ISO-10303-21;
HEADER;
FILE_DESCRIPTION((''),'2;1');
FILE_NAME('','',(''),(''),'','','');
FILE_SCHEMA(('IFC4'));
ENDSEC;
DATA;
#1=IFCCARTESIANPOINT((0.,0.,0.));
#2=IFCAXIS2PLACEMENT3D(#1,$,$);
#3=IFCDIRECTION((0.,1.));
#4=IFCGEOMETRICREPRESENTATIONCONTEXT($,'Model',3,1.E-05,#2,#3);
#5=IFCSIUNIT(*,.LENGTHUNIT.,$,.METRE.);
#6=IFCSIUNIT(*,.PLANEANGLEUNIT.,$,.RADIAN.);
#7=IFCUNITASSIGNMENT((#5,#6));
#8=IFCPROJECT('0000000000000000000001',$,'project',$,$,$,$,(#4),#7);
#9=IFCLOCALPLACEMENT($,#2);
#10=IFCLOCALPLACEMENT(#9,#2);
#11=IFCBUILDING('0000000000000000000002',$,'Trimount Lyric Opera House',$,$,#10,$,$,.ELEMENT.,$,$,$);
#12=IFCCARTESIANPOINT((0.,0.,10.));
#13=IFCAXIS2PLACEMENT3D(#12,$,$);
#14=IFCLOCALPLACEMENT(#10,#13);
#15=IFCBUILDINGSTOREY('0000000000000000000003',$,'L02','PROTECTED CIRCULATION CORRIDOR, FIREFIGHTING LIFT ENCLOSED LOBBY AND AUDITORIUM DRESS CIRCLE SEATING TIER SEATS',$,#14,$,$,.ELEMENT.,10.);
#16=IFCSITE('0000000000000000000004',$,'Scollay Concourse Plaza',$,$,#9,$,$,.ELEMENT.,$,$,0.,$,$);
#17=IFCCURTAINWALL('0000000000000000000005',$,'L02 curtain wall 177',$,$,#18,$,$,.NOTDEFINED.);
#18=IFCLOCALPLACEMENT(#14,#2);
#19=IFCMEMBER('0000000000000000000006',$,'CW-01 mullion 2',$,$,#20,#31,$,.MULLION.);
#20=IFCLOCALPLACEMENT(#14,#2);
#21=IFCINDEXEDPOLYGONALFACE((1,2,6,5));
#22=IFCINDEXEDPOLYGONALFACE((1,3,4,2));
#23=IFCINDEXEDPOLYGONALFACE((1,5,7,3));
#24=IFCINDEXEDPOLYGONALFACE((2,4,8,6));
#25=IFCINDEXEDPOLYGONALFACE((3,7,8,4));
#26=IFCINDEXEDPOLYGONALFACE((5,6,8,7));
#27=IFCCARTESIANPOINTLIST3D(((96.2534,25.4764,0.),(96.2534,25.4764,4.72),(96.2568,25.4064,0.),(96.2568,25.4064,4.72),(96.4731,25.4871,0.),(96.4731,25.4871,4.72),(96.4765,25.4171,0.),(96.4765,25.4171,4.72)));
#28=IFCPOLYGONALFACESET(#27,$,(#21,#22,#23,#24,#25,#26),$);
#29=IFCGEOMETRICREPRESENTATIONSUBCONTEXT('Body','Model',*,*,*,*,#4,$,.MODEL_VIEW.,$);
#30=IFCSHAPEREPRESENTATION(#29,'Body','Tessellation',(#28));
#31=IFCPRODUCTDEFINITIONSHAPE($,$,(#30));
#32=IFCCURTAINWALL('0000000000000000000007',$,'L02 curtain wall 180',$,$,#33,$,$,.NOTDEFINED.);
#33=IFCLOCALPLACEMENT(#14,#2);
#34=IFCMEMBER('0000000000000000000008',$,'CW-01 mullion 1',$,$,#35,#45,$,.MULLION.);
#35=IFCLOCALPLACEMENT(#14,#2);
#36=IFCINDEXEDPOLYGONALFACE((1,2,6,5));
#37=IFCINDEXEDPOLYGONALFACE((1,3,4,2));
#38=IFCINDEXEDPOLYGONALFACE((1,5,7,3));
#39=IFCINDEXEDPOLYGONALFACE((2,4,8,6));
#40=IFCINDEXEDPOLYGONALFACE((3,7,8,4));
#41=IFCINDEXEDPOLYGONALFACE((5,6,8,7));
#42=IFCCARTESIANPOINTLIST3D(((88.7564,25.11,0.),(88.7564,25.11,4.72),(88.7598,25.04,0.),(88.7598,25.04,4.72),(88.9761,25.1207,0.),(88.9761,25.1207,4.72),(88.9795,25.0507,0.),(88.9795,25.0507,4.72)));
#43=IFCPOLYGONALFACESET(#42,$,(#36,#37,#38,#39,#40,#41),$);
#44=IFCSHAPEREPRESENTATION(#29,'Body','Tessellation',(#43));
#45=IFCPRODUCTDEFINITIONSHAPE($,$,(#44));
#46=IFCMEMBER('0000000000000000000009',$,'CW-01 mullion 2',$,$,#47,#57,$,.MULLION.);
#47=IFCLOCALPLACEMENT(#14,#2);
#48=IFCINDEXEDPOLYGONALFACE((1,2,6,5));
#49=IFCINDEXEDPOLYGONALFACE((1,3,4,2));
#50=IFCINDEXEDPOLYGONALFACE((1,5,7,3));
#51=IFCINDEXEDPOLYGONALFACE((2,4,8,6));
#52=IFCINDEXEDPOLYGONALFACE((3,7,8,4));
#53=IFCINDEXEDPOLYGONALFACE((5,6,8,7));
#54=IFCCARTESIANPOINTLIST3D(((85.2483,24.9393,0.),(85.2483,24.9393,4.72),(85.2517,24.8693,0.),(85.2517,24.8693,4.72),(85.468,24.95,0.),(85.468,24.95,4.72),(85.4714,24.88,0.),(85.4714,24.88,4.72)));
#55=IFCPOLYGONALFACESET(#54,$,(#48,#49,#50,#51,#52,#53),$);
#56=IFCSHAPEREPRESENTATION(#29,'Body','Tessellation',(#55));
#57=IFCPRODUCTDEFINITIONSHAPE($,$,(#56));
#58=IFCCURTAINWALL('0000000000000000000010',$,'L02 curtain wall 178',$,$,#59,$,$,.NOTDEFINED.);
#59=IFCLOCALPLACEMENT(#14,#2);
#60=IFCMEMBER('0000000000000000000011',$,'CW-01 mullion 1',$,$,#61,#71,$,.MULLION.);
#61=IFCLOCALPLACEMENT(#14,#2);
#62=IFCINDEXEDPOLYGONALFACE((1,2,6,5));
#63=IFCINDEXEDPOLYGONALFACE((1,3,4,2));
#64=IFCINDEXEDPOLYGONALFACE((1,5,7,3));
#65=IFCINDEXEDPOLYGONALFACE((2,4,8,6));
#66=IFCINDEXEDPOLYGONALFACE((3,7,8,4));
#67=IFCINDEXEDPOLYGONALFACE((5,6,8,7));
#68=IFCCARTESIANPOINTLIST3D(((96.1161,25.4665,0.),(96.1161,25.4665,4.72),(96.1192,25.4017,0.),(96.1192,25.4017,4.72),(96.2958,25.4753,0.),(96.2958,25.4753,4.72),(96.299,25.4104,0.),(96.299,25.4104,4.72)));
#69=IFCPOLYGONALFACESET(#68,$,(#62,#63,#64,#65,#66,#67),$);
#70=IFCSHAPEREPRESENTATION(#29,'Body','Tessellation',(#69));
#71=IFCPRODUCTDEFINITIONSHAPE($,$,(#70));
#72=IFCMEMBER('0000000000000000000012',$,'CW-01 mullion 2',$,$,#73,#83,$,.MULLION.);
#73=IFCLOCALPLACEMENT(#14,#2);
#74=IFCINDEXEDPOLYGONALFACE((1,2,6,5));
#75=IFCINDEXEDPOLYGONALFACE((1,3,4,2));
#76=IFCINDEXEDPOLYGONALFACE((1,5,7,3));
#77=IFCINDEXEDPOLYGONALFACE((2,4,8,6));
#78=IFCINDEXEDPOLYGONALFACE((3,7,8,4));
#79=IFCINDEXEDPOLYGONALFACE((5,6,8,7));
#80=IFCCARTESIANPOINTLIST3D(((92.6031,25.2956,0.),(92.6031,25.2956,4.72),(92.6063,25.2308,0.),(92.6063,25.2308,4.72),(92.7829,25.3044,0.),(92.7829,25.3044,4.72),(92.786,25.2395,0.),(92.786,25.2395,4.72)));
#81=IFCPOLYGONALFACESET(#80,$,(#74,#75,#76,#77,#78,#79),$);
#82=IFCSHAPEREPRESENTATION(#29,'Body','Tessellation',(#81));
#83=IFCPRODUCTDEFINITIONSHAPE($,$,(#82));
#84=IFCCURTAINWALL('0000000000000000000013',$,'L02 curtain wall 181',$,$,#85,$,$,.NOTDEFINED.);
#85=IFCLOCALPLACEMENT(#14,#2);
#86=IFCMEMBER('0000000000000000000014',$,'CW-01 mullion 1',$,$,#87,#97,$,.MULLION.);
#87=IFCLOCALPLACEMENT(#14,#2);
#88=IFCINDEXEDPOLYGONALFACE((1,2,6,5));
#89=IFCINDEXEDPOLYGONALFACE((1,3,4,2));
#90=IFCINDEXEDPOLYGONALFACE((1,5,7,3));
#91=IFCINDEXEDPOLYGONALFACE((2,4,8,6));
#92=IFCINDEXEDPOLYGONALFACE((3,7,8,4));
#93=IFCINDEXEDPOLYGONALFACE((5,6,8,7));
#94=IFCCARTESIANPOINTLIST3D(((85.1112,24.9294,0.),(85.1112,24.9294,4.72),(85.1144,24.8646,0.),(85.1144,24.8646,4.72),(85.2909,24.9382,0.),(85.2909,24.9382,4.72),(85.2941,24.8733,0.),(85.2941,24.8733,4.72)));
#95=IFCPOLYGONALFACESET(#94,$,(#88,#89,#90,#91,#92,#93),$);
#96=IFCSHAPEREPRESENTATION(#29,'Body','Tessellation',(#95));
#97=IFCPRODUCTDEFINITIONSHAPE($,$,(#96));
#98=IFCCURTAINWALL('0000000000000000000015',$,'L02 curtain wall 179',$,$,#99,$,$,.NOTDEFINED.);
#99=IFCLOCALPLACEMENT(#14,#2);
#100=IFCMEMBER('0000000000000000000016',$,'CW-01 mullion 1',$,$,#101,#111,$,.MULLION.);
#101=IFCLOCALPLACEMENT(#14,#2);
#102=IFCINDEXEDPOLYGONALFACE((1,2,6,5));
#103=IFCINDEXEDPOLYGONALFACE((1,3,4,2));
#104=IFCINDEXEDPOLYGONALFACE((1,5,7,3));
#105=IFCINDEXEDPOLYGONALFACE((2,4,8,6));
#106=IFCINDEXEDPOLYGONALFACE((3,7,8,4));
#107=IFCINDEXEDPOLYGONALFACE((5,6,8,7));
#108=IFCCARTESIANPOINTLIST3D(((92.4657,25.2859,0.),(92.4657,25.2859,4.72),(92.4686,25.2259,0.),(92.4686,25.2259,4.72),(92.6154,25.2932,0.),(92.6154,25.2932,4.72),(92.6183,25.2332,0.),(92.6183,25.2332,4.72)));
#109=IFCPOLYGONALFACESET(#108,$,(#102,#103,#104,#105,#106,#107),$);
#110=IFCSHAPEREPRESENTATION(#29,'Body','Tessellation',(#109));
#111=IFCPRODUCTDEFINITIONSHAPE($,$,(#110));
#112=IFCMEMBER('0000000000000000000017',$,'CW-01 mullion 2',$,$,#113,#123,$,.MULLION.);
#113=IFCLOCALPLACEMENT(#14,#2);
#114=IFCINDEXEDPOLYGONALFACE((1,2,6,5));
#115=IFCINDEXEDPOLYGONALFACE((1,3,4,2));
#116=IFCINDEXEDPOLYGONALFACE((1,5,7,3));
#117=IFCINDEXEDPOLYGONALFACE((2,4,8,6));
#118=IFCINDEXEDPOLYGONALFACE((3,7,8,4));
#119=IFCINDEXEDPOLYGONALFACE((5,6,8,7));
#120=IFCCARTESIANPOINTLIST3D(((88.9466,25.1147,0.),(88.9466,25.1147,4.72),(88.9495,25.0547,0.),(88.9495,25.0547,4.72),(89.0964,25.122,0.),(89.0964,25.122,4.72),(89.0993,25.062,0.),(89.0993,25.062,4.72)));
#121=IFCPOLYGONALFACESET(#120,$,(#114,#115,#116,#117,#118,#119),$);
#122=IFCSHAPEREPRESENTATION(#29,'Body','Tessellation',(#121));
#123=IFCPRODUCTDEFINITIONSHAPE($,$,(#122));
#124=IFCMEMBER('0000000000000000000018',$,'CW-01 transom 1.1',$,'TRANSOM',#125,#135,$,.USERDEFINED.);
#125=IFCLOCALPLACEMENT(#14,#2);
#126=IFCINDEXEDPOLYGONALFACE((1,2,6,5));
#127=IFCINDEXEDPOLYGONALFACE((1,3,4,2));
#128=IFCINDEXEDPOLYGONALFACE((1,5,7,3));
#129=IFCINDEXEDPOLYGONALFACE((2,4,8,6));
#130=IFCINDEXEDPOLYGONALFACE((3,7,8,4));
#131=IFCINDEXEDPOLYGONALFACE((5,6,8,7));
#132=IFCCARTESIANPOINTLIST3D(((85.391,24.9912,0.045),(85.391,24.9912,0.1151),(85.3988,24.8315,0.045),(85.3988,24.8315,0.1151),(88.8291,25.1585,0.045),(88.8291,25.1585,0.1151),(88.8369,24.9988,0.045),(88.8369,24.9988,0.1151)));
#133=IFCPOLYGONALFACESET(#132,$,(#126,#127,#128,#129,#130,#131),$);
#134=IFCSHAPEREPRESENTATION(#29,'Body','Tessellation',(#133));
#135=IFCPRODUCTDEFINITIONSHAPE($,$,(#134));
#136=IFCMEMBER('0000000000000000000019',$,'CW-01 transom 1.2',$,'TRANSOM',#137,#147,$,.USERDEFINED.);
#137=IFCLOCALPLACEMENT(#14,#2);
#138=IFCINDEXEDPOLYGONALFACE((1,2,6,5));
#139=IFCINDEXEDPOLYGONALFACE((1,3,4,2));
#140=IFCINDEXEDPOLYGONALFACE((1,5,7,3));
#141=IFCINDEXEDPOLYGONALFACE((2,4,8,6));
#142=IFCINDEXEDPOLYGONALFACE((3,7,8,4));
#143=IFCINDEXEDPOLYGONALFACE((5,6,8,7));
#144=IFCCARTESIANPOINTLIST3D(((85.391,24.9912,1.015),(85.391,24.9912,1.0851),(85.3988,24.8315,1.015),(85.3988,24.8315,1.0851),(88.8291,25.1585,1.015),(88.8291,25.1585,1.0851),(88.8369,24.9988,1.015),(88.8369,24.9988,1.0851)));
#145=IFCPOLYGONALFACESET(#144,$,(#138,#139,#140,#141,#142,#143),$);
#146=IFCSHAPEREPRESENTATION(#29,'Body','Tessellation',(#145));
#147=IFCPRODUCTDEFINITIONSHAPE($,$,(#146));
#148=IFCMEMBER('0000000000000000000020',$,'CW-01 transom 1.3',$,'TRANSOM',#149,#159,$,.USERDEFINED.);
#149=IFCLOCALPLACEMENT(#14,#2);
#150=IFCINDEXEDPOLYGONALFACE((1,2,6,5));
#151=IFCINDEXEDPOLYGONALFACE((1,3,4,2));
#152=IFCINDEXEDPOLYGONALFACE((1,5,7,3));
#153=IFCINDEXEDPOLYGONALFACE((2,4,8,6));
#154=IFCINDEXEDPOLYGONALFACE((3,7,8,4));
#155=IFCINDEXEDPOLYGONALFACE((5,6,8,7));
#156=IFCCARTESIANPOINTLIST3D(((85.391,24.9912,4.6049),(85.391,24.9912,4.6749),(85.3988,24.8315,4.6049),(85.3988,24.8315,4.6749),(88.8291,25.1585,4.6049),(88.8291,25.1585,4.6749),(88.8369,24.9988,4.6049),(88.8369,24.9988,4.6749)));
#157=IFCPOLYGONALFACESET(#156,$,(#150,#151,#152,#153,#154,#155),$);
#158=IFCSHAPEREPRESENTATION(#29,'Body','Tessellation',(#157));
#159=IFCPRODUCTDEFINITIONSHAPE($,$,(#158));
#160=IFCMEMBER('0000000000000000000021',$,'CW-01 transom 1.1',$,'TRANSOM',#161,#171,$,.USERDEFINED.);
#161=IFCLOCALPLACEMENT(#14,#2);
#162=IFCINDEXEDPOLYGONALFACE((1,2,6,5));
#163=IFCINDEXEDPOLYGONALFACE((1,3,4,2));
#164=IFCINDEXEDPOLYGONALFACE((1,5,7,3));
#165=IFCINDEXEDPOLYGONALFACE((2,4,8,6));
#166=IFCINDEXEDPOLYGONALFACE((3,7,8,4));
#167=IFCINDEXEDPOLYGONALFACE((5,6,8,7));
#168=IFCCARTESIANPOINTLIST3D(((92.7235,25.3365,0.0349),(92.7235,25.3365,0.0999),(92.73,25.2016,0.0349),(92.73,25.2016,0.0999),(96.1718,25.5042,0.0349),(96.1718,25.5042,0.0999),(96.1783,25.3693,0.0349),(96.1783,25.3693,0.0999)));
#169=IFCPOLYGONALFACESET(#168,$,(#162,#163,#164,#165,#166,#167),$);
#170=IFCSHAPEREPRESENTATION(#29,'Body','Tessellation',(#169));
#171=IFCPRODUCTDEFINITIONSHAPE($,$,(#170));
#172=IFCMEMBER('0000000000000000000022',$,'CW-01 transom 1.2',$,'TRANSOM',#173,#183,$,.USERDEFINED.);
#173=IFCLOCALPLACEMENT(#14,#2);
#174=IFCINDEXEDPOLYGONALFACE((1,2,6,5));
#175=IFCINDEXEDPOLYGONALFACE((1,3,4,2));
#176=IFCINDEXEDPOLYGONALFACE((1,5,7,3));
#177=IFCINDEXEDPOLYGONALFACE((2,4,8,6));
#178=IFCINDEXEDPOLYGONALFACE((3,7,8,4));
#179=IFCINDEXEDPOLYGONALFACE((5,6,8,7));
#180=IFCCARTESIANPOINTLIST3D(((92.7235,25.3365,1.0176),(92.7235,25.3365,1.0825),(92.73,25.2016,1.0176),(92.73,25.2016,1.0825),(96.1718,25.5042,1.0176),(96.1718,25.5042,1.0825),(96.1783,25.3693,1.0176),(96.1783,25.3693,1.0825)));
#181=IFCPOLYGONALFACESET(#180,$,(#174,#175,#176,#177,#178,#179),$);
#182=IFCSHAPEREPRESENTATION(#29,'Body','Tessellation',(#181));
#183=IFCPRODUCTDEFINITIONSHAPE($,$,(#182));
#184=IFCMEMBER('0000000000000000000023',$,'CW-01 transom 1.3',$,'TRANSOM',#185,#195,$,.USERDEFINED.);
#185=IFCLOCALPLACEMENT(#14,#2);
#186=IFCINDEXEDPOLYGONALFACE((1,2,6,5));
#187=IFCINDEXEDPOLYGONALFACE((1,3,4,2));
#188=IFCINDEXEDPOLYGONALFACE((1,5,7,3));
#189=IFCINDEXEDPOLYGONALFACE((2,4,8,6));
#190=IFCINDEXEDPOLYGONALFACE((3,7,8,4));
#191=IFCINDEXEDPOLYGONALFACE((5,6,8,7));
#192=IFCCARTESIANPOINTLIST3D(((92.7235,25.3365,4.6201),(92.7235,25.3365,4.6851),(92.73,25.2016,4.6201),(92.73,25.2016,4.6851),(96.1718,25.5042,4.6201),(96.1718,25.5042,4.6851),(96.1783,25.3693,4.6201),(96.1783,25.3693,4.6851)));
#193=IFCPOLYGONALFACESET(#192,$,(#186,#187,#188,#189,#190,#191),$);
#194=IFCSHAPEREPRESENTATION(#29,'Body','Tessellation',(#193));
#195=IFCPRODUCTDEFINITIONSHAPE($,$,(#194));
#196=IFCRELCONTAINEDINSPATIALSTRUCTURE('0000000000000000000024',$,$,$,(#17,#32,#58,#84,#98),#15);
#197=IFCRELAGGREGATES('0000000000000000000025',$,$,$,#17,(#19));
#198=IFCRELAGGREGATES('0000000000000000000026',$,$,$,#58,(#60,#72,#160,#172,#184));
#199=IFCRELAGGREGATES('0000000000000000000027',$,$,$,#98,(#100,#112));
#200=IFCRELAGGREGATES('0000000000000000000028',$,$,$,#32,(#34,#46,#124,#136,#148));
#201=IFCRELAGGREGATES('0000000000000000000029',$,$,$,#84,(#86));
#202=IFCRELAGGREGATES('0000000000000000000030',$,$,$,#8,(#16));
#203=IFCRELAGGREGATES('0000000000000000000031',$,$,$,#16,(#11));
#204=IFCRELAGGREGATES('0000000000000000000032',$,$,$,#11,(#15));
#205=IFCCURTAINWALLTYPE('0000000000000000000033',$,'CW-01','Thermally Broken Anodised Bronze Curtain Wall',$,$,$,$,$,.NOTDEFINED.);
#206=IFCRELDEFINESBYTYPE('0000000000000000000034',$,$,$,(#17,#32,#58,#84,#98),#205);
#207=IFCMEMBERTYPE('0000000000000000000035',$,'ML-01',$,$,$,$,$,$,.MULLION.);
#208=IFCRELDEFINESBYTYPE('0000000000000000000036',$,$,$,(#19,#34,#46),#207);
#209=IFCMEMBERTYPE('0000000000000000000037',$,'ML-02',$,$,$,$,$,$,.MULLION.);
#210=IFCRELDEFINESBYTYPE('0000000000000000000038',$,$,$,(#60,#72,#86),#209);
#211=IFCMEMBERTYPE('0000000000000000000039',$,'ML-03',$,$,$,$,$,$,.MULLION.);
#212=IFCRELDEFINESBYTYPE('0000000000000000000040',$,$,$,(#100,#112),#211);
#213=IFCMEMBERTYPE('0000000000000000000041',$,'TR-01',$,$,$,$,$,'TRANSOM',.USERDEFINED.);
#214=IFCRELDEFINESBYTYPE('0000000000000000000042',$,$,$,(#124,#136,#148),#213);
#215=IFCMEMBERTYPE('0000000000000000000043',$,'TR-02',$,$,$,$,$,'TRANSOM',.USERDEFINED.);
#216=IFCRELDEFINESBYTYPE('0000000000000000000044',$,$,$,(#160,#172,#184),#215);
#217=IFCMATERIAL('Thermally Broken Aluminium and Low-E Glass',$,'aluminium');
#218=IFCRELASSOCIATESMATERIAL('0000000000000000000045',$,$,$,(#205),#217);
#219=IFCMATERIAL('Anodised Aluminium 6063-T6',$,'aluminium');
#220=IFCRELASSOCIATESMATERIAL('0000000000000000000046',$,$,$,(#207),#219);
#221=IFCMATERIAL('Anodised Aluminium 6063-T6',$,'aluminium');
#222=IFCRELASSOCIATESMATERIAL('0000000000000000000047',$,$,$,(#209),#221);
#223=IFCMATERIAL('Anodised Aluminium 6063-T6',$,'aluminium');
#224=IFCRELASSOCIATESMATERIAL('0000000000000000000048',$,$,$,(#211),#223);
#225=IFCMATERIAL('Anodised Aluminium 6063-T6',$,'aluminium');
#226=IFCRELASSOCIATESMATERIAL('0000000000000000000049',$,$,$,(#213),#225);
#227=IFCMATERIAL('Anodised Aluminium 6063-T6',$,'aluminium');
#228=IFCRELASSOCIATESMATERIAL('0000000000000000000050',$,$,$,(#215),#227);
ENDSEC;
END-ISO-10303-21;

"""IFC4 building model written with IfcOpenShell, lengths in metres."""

from ifc_helpers import new_model, si_unit, direction, frame, origin, origin_2d, place, context, subcontext, project, spatial, rectangle, extrude, material, material_profile, profile_set, type_object, element, aggregate, save


model = new_model("IFC4")

# Units and contexts
model_context = context("Model", 3, precision=1e-05, world=origin(), true_north=direction((0.0, 1.0)))
body_context = subcontext(model_context, "Body", "Model", "MODEL_VIEW")
ifc_project = project(units=[si_unit("LENGTHUNIT", "METRE"), si_unit("PLANEANGLEUNIT", "RADIAN")], contexts=[model_context])

# Site, building, storey
site_placement = place(None, origin())
site = spatial("IfcSite", under=ifc_project, at=site_placement, Name="Scollay Concourse Plaza", CompositionType="ELEMENT", RefElevation=0.0)
building_placement = place(site_placement, origin())
building = spatial("IfcBuilding", under=site, at=building_placement, Name="Trimount Lyric Opera House", CompositionType="ELEMENT")
storey_placement = place(building_placement, frame((0.0, 0.0, 10.0)))
storey = spatial("IfcBuildingStorey", under=building, at=storey_placement, Name="L02", Description="PROTECTED CIRCULATION CORRIDOR, FIREFIGHTING LIFT ENCLOSED LOBBY AND AUDITORIUM DRESS CIRCLE SEATING TIER SEATS", CompositionType="ELEMENT", Elevation=10.0)

# Curtain wall, member
ifc_material_1 = material(Name="Thermally Broken Aluminium and Low-E Glass", Category="aluminium")
curtain_wall_type = type_object("IfcCurtainWallType", Name="CW-01", Description="Thermally Broken Anodised Bronze Curtain Wall", PredefinedType="NOTDEFINED", material=ifc_material_1)
curtain_wall_1_placement = place(storey_placement, origin())
curtain_wall_1 = element("IfcCurtainWall", 1, at=curtain_wall_1_placement, inside=storey, type_object=curtain_wall_type, Name="L02 curtain wall 177", PredefinedType="NOTDEFINED")
ifc_material_2 = material(Name="Anodised Aluminium 6063-T6", Category="aluminium")
ifc_material_profile_1 = material_profile(ifc_material_2, rectangle(XDim=0.0701, YDim=0.22, at=origin_2d()), Name="ALU-MULL-70X220")
ifc_profile_set_1 = profile_set([ifc_material_profile_1], Name="Anodised Aluminium 6063-T6")
member_type_1 = type_object("IfcMemberType", Name="ML-01", PredefinedType="MULLION", material=ifc_profile_set_1)
member_1_placement = place(storey_placement, frame((96.365, 25.4468, 0.0), z_axis=(0.0, 0.0, 1.0), x_axis=(0.04856, -0.99882, 0.0)))
member_1 = element("IfcMember", 2, at=member_1_placement, type_object=member_type_1, Name="CW-01 mullion 2", PredefinedType="MULLION", context=body_context, shape_type="SweptSolid", body=[
    extrude(rectangle(XDim=0.0701, YDim=0.22, at=origin_2d()), origin(), (0.0, 0.0, 1.0), 4.72),
])
aggregate(curtain_wall_1, [member_1])

# Curtain walls, members
curtain_wall_2_placement = place(storey_placement, origin())
curtain_wall_2 = element("IfcCurtainWall", 3, at=curtain_wall_2_placement, inside=storey, type_object=curtain_wall_type, Name="L02 curtain wall 180", PredefinedType="NOTDEFINED")
member_2_placement = place(storey_placement, frame((88.8679, 25.0803, 0.0), z_axis=(0.0, 0.0, 1.0), x_axis=(0.048573, -0.99882, 0.0)))
member_2 = element("IfcMember", 4, at=member_2_placement, type_object=member_type_1, Name="CW-01 mullion 1", PredefinedType="MULLION", context=body_context, shape_type="SweptSolid", body=[
    extrude(rectangle(XDim=0.0701, YDim=0.22, at=origin_2d()), origin(), (0.0, 0.0, 1.0), 4.72),
])
member_3_placement = place(storey_placement, frame((85.3599, 24.9097, 0.0), z_axis=(0.0, 0.0, 1.0), x_axis=(0.048573, -0.99882, 0.0)))
member_3 = element("IfcMember", 5, at=member_3_placement, type_object=member_type_1, Name="CW-01 mullion 2", PredefinedType="MULLION", context=body_context, shape_type="SweptSolid", body=[
    extrude(rectangle(XDim=0.0701, YDim=0.22, at=origin_2d()), origin(), (0.0, 0.0, 1.0), 4.72),
])
curtain_wall_3_placement = place(storey_placement, origin())
curtain_wall_3 = element("IfcCurtainWall", 6, at=curtain_wall_3_placement, inside=storey, type_object=curtain_wall_type, Name="L02 curtain wall 178", PredefinedType="NOTDEFINED")
ifc_material_3 = material(Name="Anodised Aluminium 6063-T6", Category="aluminium")
ifc_material_profile_2 = material_profile(ifc_material_3, rectangle(XDim=0.0649, YDim=0.1799, at=origin_2d()), Name="ALU-MULL-65X180")
ifc_profile_set_2 = profile_set([ifc_material_profile_2], Name="Anodised Aluminium 6063-T6")
member_type_2 = type_object("IfcMemberType", Name="ML-02", PredefinedType="MULLION", material=ifc_profile_set_2)
member_4_placement = place(storey_placement, frame((96.2075, 25.4385, 0.0), z_axis=(0.0, 0.0, 1.0), x_axis=(0.048573, -0.99882, 0.0)))
member_4 = element("IfcMember", 7, at=member_4_placement, type_object=member_type_2, Name="CW-01 mullion 1", PredefinedType="MULLION", context=body_context, shape_type="SweptSolid", body=[
    extrude(rectangle(XDim=0.0649, YDim=0.1799, at=origin_2d()), origin(), (0.0, 0.0, 1.0), 4.72),
])
member_5_placement = place(storey_placement, frame((92.6946, 25.2676, 0.0), z_axis=(0.0, 0.0, 1.0), x_axis=(0.048573, -0.99882, 0.0)))
member_5 = element("IfcMember", 8, at=member_5_placement, type_object=member_type_2, Name="CW-01 mullion 2", PredefinedType="MULLION", context=body_context, shape_type="SweptSolid", body=[
    extrude(rectangle(XDim=0.0649, YDim=0.1799, at=origin_2d()), origin(), (0.0, 0.0, 1.0), 4.72),
])

# Curtain wall, member
curtain_wall_4_placement = place(storey_placement, origin())
curtain_wall_4 = element("IfcCurtainWall", 9, at=curtain_wall_4_placement, inside=storey, type_object=curtain_wall_type, Name="L02 curtain wall 181", PredefinedType="NOTDEFINED")
member_6_placement = place(storey_placement, frame((85.2026, 24.9014, 0.0), z_axis=(0.0, 0.0, 1.0), x_axis=(0.04856, -0.99882, 0.0)))
member_6 = element("IfcMember", 10, at=member_6_placement, type_object=member_type_2, Name="CW-01 mullion 1", PredefinedType="MULLION", context=body_context, shape_type="SweptSolid", body=[
    extrude(rectangle(XDim=0.0649, YDim=0.1799, at=origin_2d()), origin(), (0.0, 0.0, 1.0), 4.72),
])

# Curtain wall, members
curtain_wall_5_placement = place(storey_placement, origin())
curtain_wall_5 = element("IfcCurtainWall", 11, at=curtain_wall_5_placement, inside=storey, type_object=curtain_wall_type, Name="L02 curtain wall 179", PredefinedType="NOTDEFINED")
ifc_material_4 = material(Name="Anodised Aluminium 6063-T6", Category="aluminium")
ifc_material_profile_3 = material_profile(ifc_material_4, rectangle(XDim=0.0601, YDim=0.1499, at=origin_2d()), Name="ALU-MULL-60X150")
ifc_profile_set_3 = profile_set([ifc_material_profile_3], Name="Anodised Aluminium 6063-T6")
member_type_3 = type_object("IfcMemberType", Name="ML-03", PredefinedType="MULLION", material=ifc_profile_set_3)
member_7_placement = place(storey_placement, frame((92.542, 25.2595, 0.0), z_axis=(0.0, 0.0, 1.0), x_axis=(0.04856, -0.99882, 0.0)))
member_7 = element("IfcMember", 12, at=member_7_placement, type_object=member_type_3, Name="CW-01 mullion 1", PredefinedType="MULLION", context=body_context, shape_type="SweptSolid", body=[
    extrude(rectangle(XDim=0.0601, YDim=0.1499, at=origin_2d()), origin(), (0.0, 0.0, 1.0), 4.72),
])
member_8_placement = place(storey_placement, frame((89.0229, 25.0884, 0.0), z_axis=(0.0, 0.0, 1.0), x_axis=(0.04856, -0.99882, 0.0)))
member_8 = element("IfcMember", 13, at=member_8_placement, type_object=member_type_3, Name="CW-01 mullion 2", PredefinedType="MULLION", context=body_context, shape_type="SweptSolid", body=[
    extrude(rectangle(XDim=0.0601, YDim=0.1499, at=origin_2d()), origin(), (0.0, 0.0, 1.0), 4.72),
])

# Members
ifc_material_5 = material(Name="Anodised Aluminium 6063-T6", Category="aluminium")
ifc_material_profile_4 = material_profile(ifc_material_5, rectangle(XDim=0.1599, YDim=0.0701, at=origin_2d()), Name="ALU-TRAN-70X160")
ifc_profile_set_4 = profile_set([ifc_material_profile_4], Name="Anodised Aluminium 6063-T6")
member_type_4 = type_object("IfcMemberType", Name="TR-01", ElementType="TRANSOM", PredefinedType="USERDEFINED", material=ifc_profile_set_4)
member_9_placement = place(storey_placement, frame((88.833, 25.0786, 0.0801), z_axis=(-0.998819, -0.048586, 0.0), x_axis=(0.048586, -0.998819, 0.0)))
member_9 = element("IfcMember", 14, at=member_9_placement, type_object=member_type_4, Name="CW-01 transom 1.1", ObjectType="TRANSOM", PredefinedType="USERDEFINED", context=body_context, shape_type="SweptSolid", body=[
    extrude(rectangle(XDim=0.1599, YDim=0.0701, at=origin_2d()), origin(), (0.0, 0.0, 1.0), 3.4421),
])
member_10_placement = place(storey_placement, frame((88.833, 25.0786, 1.05), z_axis=(-0.998819, -0.048586, 0.0), x_axis=(0.048586, -0.998819, 0.0)))
member_10 = element("IfcMember", 15, at=member_10_placement, type_object=member_type_4, Name="CW-01 transom 1.2", ObjectType="TRANSOM", PredefinedType="USERDEFINED", context=body_context, shape_type="SweptSolid", body=[
    extrude(rectangle(XDim=0.1599, YDim=0.0701, at=origin_2d()), origin(), (0.0, 0.0, 1.0), 3.4421),
])
member_11_placement = place(storey_placement, frame((88.833, 25.0786, 4.6399), z_axis=(-0.998819, -0.048586, 0.0), x_axis=(0.048586, -0.998819, 0.0)))
member_11 = element("IfcMember", 16, at=member_11_placement, type_object=member_type_4, Name="CW-01 transom 1.3", ObjectType="TRANSOM", PredefinedType="USERDEFINED", context=body_context, shape_type="SweptSolid", body=[
    extrude(rectangle(XDim=0.1599, YDim=0.0701, at=origin_2d()), origin(), (0.0, 0.0, 1.0), 3.4421),
])
ifc_material_6 = material(Name="Anodised Aluminium 6063-T6", Category="aluminium")
ifc_material_profile_5 = material_profile(ifc_material_6, rectangle(XDim=0.135, YDim=0.0649, at=origin_2d()), Name="ALU-TRAN-65X135")
ifc_profile_set_5 = profile_set([ifc_material_profile_5], Name="Anodised Aluminium 6063-T6")
member_type_5 = type_object("IfcMemberType", Name="TR-02", ElementType="TRANSOM", PredefinedType="USERDEFINED", material=ifc_profile_set_5)
member_12_placement = place(storey_placement, frame((96.175, 25.4368, 0.0674), z_axis=(-0.998819, -0.048583, 0.0), x_axis=(0.048583, -0.998819, 0.0)))
member_12 = element("IfcMember", 17, at=member_12_placement, type_object=member_type_5, Name="CW-01 transom 1.1", ObjectType="TRANSOM", PredefinedType="USERDEFINED", context=body_context, shape_type="SweptSolid", body=[
    extrude(rectangle(XDim=0.135, YDim=0.0649, at=origin_2d()), origin(), (0.0, 0.0, 1.0), 3.4524),
])
member_13_placement = place(storey_placement, frame((96.175, 25.4368, 1.05), z_axis=(-0.998819, -0.048583, 0.0), x_axis=(0.048583, -0.998819, 0.0)))
member_13 = element("IfcMember", 18, at=member_13_placement, type_object=member_type_5, Name="CW-01 transom 1.2", ObjectType="TRANSOM", PredefinedType="USERDEFINED", context=body_context, shape_type="SweptSolid", body=[
    extrude(rectangle(XDim=0.135, YDim=0.0649, at=origin_2d()), origin(), (0.0, 0.0, 1.0), 3.4524),
])
member_14_placement = place(storey_placement, frame((96.175, 25.4368, 4.6526), z_axis=(-0.998819, -0.048583, 0.0), x_axis=(0.048583, -0.998819, 0.0)))
member_14 = element("IfcMember", 19, at=member_14_placement, type_object=member_type_5, Name="CW-01 transom 1.3", ObjectType="TRANSOM", PredefinedType="USERDEFINED", context=body_context, shape_type="SweptSolid", body=[
    extrude(rectangle(XDim=0.135, YDim=0.0649, at=origin_2d()), origin(), (0.0, 0.0, 1.0), 3.4524),
])

aggregate(curtain_wall_3, [member_4, member_5, member_12, member_13, member_14])
aggregate(curtain_wall_5, [member_7, member_8])
aggregate(curtain_wall_2, [member_2, member_3, member_9, member_10, member_11])
aggregate(curtain_wall_4, [member_6])

save(model, "model.ifc")
